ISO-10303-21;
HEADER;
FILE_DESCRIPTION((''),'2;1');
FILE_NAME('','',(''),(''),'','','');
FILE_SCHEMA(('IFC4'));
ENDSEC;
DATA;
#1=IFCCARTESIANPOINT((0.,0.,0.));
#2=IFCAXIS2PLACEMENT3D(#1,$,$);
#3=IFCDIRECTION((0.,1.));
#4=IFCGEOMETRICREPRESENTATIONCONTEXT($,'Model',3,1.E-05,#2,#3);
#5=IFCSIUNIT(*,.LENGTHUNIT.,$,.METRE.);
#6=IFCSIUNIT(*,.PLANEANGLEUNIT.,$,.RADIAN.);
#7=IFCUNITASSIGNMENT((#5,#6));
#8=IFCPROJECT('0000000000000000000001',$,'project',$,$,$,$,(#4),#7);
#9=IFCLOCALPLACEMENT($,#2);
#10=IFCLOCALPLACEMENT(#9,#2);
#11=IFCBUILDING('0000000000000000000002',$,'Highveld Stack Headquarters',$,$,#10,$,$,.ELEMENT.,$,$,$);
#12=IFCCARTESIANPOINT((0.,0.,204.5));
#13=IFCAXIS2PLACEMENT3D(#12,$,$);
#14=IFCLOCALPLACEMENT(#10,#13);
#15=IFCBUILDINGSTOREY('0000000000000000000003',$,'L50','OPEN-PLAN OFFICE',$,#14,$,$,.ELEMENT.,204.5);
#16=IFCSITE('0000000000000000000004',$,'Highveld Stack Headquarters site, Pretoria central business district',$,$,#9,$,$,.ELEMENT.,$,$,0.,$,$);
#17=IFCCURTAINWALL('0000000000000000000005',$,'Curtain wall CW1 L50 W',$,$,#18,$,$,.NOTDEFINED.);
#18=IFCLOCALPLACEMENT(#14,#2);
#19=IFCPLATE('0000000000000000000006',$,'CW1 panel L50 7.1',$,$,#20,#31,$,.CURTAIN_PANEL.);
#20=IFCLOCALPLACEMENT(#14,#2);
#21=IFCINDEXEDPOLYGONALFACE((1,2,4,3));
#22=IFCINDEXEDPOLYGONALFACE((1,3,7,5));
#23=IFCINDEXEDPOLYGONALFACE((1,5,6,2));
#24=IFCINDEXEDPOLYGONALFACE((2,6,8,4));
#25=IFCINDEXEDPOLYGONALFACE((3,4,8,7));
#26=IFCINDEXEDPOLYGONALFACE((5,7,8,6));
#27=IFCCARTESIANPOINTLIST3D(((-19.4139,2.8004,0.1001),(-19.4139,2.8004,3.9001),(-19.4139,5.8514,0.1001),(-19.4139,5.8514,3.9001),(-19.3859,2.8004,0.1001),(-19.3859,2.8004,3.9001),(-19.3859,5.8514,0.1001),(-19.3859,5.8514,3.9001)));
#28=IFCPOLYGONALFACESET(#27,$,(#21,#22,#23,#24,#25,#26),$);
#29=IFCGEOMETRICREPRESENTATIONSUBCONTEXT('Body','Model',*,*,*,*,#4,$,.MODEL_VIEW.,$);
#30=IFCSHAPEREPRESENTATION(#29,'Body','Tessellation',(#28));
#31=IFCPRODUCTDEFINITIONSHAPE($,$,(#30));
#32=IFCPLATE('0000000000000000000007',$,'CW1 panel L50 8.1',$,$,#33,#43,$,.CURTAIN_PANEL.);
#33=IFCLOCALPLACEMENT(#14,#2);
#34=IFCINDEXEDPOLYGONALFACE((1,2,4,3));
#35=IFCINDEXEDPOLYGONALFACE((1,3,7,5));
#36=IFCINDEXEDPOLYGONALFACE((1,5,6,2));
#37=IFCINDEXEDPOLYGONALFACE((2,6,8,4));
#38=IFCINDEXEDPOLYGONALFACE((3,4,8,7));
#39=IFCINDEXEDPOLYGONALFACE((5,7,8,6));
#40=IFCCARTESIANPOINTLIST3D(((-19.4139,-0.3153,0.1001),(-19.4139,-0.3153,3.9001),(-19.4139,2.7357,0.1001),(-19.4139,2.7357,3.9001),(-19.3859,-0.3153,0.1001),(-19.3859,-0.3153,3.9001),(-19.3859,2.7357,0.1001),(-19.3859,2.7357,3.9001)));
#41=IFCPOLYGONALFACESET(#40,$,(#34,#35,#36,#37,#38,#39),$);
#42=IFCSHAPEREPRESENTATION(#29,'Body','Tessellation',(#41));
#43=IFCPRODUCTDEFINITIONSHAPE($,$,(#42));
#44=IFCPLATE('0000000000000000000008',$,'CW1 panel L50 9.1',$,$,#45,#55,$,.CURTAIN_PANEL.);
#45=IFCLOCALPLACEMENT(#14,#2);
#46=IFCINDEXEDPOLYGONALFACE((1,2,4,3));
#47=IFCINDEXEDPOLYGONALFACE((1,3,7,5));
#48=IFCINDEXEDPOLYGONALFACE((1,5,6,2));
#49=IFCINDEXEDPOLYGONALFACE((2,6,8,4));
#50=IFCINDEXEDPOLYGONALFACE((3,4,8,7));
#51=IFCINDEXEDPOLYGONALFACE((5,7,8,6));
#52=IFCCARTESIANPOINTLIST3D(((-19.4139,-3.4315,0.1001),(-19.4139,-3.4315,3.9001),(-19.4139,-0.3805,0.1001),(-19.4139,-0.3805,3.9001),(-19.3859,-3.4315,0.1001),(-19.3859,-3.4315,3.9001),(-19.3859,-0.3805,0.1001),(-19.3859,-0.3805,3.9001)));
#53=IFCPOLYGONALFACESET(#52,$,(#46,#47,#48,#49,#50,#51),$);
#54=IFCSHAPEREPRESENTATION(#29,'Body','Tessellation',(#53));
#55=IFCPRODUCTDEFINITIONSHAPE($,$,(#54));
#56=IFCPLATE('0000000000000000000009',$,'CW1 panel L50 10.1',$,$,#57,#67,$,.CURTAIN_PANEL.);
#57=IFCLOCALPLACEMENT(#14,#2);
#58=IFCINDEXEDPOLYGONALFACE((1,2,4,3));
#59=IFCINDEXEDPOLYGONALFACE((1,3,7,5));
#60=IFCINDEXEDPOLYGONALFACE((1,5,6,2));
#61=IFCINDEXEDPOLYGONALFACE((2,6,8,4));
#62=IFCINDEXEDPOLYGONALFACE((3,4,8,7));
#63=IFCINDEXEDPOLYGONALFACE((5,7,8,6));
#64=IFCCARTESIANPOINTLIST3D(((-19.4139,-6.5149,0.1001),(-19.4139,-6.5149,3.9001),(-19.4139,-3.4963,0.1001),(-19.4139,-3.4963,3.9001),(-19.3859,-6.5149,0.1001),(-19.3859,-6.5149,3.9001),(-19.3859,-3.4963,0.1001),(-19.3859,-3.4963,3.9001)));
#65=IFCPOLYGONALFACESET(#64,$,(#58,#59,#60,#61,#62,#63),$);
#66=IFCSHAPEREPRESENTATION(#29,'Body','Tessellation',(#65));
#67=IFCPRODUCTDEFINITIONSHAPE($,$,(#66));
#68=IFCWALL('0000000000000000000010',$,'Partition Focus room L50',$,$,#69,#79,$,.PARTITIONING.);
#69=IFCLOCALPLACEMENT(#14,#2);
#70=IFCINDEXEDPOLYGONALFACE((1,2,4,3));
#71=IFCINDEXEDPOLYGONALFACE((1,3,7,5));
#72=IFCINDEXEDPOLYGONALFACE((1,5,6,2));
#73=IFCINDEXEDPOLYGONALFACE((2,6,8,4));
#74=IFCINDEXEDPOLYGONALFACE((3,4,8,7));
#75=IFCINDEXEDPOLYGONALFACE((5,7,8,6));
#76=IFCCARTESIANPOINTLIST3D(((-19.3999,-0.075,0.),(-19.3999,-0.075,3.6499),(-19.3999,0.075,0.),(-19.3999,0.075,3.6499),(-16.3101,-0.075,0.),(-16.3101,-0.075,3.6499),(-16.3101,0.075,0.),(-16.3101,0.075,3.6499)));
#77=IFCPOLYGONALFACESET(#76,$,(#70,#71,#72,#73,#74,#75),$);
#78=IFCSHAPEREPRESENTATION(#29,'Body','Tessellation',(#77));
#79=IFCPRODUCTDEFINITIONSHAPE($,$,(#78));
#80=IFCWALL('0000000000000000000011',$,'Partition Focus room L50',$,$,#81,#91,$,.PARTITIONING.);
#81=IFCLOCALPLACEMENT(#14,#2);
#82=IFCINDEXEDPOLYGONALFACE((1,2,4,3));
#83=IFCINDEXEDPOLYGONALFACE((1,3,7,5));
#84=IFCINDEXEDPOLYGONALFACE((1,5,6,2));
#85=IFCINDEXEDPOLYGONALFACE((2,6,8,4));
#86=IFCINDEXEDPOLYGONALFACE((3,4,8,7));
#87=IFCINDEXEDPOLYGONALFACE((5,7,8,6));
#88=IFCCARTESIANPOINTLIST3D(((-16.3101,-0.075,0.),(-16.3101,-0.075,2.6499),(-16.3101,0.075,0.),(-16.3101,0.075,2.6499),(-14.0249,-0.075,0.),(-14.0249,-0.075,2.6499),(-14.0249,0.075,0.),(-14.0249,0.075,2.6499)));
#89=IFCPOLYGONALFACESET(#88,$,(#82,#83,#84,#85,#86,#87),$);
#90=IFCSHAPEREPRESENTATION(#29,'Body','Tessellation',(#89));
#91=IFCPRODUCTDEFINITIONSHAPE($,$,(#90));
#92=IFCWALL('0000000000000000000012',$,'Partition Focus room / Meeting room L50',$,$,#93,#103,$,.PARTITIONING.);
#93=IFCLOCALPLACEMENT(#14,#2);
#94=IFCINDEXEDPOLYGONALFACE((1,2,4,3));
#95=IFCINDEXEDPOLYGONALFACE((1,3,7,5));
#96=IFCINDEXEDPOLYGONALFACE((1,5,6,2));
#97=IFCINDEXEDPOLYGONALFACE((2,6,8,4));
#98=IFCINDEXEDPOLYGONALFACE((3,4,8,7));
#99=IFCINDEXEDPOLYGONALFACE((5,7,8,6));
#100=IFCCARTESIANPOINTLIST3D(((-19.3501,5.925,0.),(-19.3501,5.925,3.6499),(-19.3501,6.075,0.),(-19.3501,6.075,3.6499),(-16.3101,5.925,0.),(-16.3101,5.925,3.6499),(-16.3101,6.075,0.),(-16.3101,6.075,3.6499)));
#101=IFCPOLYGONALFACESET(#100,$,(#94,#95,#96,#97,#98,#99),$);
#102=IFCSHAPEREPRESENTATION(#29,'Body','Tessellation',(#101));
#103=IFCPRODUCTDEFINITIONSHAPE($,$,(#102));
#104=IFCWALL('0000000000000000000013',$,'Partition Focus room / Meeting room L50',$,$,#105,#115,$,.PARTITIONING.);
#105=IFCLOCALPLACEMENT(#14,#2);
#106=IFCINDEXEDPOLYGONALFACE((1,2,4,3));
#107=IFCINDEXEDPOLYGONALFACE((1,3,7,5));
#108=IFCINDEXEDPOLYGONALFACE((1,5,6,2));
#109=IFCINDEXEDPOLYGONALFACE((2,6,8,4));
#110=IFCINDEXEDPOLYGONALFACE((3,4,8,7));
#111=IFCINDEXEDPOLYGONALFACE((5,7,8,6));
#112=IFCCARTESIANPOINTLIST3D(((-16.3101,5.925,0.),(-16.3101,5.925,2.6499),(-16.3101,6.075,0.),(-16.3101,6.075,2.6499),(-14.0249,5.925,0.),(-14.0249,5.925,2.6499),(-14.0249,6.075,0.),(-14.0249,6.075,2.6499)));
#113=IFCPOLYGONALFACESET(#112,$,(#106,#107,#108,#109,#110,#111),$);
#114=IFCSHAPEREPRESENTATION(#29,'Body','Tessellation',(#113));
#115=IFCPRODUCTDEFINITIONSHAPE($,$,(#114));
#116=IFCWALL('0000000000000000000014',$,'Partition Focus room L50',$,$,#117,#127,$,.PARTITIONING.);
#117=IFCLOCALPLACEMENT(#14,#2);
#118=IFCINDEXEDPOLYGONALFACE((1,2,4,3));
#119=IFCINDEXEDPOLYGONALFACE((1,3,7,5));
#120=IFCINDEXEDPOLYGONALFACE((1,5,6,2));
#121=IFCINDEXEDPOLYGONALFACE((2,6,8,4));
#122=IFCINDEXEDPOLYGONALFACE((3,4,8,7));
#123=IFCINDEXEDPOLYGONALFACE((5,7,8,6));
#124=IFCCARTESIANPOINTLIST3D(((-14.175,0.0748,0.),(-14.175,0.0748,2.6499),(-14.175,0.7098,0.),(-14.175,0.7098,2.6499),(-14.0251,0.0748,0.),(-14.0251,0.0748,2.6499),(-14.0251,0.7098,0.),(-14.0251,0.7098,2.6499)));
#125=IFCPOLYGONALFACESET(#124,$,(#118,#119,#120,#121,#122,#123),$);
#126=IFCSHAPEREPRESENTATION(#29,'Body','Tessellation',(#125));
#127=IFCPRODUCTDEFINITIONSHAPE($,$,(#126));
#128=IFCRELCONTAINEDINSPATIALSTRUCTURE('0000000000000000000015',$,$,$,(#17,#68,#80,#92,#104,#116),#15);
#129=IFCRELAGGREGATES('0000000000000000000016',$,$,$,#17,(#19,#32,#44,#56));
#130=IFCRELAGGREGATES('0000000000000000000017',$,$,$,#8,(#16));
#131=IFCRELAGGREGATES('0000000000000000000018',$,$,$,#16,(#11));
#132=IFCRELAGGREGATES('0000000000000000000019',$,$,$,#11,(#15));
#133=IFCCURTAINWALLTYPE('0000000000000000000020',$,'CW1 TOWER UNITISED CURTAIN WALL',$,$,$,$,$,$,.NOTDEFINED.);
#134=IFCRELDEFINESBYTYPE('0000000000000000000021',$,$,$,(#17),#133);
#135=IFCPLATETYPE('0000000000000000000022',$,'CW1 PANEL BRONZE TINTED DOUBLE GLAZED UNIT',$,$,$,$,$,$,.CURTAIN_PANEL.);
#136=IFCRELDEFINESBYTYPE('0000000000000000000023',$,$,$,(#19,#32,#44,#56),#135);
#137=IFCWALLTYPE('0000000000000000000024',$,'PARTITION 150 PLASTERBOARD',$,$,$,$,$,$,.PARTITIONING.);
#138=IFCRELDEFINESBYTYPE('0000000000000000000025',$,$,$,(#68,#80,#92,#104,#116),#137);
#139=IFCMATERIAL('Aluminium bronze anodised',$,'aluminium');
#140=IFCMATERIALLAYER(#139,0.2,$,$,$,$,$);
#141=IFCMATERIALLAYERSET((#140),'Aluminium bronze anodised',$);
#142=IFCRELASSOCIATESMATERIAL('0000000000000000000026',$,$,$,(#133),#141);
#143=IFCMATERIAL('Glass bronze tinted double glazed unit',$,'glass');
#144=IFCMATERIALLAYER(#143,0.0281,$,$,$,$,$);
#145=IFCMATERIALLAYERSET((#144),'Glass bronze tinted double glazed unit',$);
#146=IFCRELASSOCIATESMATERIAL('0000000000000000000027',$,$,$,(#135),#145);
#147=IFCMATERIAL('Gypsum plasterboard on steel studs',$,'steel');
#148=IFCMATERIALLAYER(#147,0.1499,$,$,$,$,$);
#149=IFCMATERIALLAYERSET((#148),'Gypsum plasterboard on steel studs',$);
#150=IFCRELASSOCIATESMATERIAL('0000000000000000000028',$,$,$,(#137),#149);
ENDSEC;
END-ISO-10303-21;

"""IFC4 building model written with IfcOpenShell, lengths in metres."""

from ifc_helpers import new_model, si_unit, direction, frame, frame_2d, origin, origin_2d, place, context, subcontext, project, spatial, rectangle, extrude, material, layer, layer_set, type_object, element, aggregate, save


model = new_model("IFC4")

# Units and contexts
model_context = context("Model", 3, precision=1e-05, world=origin(), true_north=direction((0.0, 1.0)))
body_context = subcontext(model_context, "Body", "Model", "MODEL_VIEW")
ifc_project = project(units=[si_unit("LENGTHUNIT", "METRE"), si_unit("PLANEANGLEUNIT", "RADIAN")], contexts=[model_context])

# Site, building, storey
site_placement = place(None, origin())
site = spatial("IfcSite", under=ifc_project, at=site_placement, Name="Highveld Stack Headquarters site, Pretoria central business district", CompositionType="ELEMENT", RefElevation=0.0)
building_placement = place(site_placement, origin())
building = spatial("IfcBuilding", under=site, at=building_placement, Name="Highveld Stack Headquarters", CompositionType="ELEMENT")
storey_placement = place(building_placement, frame((0.0, 0.0, 204.5)))
storey = spatial("IfcBuildingStorey", under=building, at=storey_placement, Name="L50", Description="OPEN-PLAN OFFICE", CompositionType="ELEMENT", Elevation=204.5)

# Curtain wall
ifc_material_1 = material(Name="Aluminium bronze anodised", Category="aluminium")
ifc_layer_1 = layer(ifc_material_1, 0.2)
ifc_layer_set_1 = layer_set([ifc_layer_1], Name="Aluminium bronze anodised")
curtain_wall_type = type_object("IfcCurtainWallType", Name="CW1 TOWER UNITISED CURTAIN WALL", PredefinedType="NOTDEFINED", material=ifc_layer_set_1)
curtain_wall_placement = place(storey_placement, origin())
curtain_wall = element("IfcCurtainWall", 1, at=curtain_wall_placement, inside=storey, type_object=curtain_wall_type, Name="Curtain wall CW1 L50 W", PredefinedType="NOTDEFINED")

# Plates
ifc_material_2 = material(Name="Glass bronze tinted double glazed unit", Category="glass")
ifc_layer_2 = layer(ifc_material_2, 0.0281)
ifc_layer_set_2 = layer_set([ifc_layer_2], Name="Glass bronze tinted double glazed unit")
plate_type = type_object("IfcPlateType", Name="CW1 PANEL BRONZE TINTED DOUBLE GLAZED UNIT", PredefinedType="CURTAIN_PANEL", material=ifc_layer_set_2)
plate_1_placement = place(storey_placement, frame((-19.3999, 4.3259, 0.1001), z_axis=(0.0, 0.0, 1.0), x_axis=(0.0, -1.0, 0.0)))
plate_1 = element("IfcPlate", 2, at=plate_1_placement, type_object=plate_type, Name="CW1 panel L50 7.1", PredefinedType="CURTAIN_PANEL", context=body_context, shape_type="SweptSolid", body=[
    extrude(rectangle(XDim=3.051, YDim=0.0281, at=origin_2d()), origin(), (0.0, 0.0, 1.0), 3.8),
])
plate_2_placement = place(storey_placement, frame((-19.3999, 1.2102, 0.1001), z_axis=(0.0, 0.0, 1.0), x_axis=(0.0, -1.0, 0.0)))
plate_2 = element("IfcPlate", 3, at=plate_2_placement, type_object=plate_type, Name="CW1 panel L50 8.1", PredefinedType="CURTAIN_PANEL", context=body_context, shape_type="SweptSolid", body=[
    extrude(rectangle(XDim=3.051, YDim=0.0281, at=origin_2d()), origin(), (0.0, 0.0, 1.0), 3.8),
])
plate_3_placement = place(storey_placement, frame((-19.3999, -1.906, 0.1001), z_axis=(0.0, 0.0, 1.0), x_axis=(0.0, -1.0, 0.0)))
plate_3 = element("IfcPlate", 4, at=plate_3_placement, type_object=plate_type, Name="CW1 panel L50 9.1", PredefinedType="CURTAIN_PANEL", context=body_context, shape_type="SweptSolid", body=[
    extrude(rectangle(XDim=3.051, YDim=0.0281, at=origin_2d()), origin(), (0.0, 0.0, 1.0), 3.8),
])
plate_4_placement = place(storey_placement, frame((-19.3999, -5.0056, 0.1001), z_axis=(0.0, 0.0, 1.0), x_axis=(0.0, -1.0, 0.0)))
plate_4 = element("IfcPlate", 5, at=plate_4_placement, type_object=plate_type, Name="CW1 panel L50 10.1", PredefinedType="CURTAIN_PANEL", context=body_context, shape_type="SweptSolid", body=[
    extrude(rectangle(XDim=3.0186, YDim=0.0281, at=origin_2d()), origin(), (0.0, 0.0, 1.0), 3.8),
])
aggregate(curtain_wall, [plate_1, plate_2, plate_3, plate_4])

# Walls
ifc_material_3 = material(Name="Gypsum plasterboard on steel studs", Category="steel")
ifc_layer_3 = layer(ifc_material_3, 0.1499)
ifc_layer_set_3 = layer_set([ifc_layer_3], Name="Gypsum plasterboard on steel studs")
wall_type = type_object("IfcWallType", Name="PARTITION 150 PLASTERBOARD", PredefinedType="PARTITIONING", material=ifc_layer_set_3)
wall_1_placement = place(storey_placement, frame((-19.3999, 0.0, 0.0), z_axis=(0.0, 0.0, 1.0), x_axis=(1.0, 0.0, 0.0)))
element("IfcWall", 6, at=wall_1_placement, inside=storey, type_object=wall_type, Name="Partition Focus room L50", PredefinedType="PARTITIONING", context=body_context, shape_type="SweptSolid", body=[
    extrude(rectangle(XDim=3.0898, YDim=0.1499, at=frame_2d((1.5449, 0.0))), origin(), (0.0, 0.0, 1.0), 3.6499),
])
wall_2_placement = place(storey_placement, frame((-16.3101, 0.0, 0.0), z_axis=(0.0, 0.0, 1.0), x_axis=(1.0, 0.0, 0.0)))
element("IfcWall", 7, at=wall_2_placement, inside=storey, type_object=wall_type, Name="Partition Focus room L50", PredefinedType="PARTITIONING", context=body_context, shape_type="SweptSolid", body=[
    extrude(rectangle(XDim=2.2852, YDim=0.1499, at=frame_2d((1.1426, 0.0))), origin(), (0.0, 0.0, 1.0), 2.6499),
])
wall_3_placement = place(storey_placement, frame((-19.3501, 6.0, 0.0), z_axis=(0.0, 0.0, 1.0), x_axis=(1.0, 0.0, 0.0)))
element("IfcWall", 8, at=wall_3_placement, inside=storey, type_object=wall_type, Name="Partition Focus room / Meeting room L50", PredefinedType="PARTITIONING", context=body_context, shape_type="SweptSolid", body=[
    extrude(rectangle(XDim=3.04, YDim=0.1499, at=frame_2d((1.52, 0.0))), origin(), (0.0, 0.0, 1.0), 3.6499),
])
wall_4_placement = place(storey_placement, frame((-16.3101, 6.0, 0.0), z_axis=(0.0, 0.0, 1.0), x_axis=(1.0, 0.0, 0.0)))
element("IfcWall", 9, at=wall_4_placement, inside=storey, type_object=wall_type, Name="Partition Focus room / Meeting room L50", PredefinedType="PARTITIONING", context=body_context, shape_type="SweptSolid", body=[
    extrude(rectangle(XDim=2.2852, YDim=0.1499, at=frame_2d((1.1426, 0.0))), origin(), (0.0, 0.0, 1.0), 2.6499),
])
wall_5_placement = place(storey_placement, frame((-14.1001, 0.075, 0.0), z_axis=(0.0, 0.0, 1.0), x_axis=(0.0, 1.0, 0.0)))
element("IfcWall", 10, at=wall_5_placement, inside=storey, type_object=wall_type, Name="Partition Focus room L50", PredefinedType="PARTITIONING", context=body_context, shape_type="SweptSolid", body=[
    extrude(rectangle(XDim=0.635, YDim=0.1499, at=frame_2d((0.3174, 0.0))), origin(), (0.0, 0.0, 1.0), 2.6499),
])

save(model, "model.ifc")
